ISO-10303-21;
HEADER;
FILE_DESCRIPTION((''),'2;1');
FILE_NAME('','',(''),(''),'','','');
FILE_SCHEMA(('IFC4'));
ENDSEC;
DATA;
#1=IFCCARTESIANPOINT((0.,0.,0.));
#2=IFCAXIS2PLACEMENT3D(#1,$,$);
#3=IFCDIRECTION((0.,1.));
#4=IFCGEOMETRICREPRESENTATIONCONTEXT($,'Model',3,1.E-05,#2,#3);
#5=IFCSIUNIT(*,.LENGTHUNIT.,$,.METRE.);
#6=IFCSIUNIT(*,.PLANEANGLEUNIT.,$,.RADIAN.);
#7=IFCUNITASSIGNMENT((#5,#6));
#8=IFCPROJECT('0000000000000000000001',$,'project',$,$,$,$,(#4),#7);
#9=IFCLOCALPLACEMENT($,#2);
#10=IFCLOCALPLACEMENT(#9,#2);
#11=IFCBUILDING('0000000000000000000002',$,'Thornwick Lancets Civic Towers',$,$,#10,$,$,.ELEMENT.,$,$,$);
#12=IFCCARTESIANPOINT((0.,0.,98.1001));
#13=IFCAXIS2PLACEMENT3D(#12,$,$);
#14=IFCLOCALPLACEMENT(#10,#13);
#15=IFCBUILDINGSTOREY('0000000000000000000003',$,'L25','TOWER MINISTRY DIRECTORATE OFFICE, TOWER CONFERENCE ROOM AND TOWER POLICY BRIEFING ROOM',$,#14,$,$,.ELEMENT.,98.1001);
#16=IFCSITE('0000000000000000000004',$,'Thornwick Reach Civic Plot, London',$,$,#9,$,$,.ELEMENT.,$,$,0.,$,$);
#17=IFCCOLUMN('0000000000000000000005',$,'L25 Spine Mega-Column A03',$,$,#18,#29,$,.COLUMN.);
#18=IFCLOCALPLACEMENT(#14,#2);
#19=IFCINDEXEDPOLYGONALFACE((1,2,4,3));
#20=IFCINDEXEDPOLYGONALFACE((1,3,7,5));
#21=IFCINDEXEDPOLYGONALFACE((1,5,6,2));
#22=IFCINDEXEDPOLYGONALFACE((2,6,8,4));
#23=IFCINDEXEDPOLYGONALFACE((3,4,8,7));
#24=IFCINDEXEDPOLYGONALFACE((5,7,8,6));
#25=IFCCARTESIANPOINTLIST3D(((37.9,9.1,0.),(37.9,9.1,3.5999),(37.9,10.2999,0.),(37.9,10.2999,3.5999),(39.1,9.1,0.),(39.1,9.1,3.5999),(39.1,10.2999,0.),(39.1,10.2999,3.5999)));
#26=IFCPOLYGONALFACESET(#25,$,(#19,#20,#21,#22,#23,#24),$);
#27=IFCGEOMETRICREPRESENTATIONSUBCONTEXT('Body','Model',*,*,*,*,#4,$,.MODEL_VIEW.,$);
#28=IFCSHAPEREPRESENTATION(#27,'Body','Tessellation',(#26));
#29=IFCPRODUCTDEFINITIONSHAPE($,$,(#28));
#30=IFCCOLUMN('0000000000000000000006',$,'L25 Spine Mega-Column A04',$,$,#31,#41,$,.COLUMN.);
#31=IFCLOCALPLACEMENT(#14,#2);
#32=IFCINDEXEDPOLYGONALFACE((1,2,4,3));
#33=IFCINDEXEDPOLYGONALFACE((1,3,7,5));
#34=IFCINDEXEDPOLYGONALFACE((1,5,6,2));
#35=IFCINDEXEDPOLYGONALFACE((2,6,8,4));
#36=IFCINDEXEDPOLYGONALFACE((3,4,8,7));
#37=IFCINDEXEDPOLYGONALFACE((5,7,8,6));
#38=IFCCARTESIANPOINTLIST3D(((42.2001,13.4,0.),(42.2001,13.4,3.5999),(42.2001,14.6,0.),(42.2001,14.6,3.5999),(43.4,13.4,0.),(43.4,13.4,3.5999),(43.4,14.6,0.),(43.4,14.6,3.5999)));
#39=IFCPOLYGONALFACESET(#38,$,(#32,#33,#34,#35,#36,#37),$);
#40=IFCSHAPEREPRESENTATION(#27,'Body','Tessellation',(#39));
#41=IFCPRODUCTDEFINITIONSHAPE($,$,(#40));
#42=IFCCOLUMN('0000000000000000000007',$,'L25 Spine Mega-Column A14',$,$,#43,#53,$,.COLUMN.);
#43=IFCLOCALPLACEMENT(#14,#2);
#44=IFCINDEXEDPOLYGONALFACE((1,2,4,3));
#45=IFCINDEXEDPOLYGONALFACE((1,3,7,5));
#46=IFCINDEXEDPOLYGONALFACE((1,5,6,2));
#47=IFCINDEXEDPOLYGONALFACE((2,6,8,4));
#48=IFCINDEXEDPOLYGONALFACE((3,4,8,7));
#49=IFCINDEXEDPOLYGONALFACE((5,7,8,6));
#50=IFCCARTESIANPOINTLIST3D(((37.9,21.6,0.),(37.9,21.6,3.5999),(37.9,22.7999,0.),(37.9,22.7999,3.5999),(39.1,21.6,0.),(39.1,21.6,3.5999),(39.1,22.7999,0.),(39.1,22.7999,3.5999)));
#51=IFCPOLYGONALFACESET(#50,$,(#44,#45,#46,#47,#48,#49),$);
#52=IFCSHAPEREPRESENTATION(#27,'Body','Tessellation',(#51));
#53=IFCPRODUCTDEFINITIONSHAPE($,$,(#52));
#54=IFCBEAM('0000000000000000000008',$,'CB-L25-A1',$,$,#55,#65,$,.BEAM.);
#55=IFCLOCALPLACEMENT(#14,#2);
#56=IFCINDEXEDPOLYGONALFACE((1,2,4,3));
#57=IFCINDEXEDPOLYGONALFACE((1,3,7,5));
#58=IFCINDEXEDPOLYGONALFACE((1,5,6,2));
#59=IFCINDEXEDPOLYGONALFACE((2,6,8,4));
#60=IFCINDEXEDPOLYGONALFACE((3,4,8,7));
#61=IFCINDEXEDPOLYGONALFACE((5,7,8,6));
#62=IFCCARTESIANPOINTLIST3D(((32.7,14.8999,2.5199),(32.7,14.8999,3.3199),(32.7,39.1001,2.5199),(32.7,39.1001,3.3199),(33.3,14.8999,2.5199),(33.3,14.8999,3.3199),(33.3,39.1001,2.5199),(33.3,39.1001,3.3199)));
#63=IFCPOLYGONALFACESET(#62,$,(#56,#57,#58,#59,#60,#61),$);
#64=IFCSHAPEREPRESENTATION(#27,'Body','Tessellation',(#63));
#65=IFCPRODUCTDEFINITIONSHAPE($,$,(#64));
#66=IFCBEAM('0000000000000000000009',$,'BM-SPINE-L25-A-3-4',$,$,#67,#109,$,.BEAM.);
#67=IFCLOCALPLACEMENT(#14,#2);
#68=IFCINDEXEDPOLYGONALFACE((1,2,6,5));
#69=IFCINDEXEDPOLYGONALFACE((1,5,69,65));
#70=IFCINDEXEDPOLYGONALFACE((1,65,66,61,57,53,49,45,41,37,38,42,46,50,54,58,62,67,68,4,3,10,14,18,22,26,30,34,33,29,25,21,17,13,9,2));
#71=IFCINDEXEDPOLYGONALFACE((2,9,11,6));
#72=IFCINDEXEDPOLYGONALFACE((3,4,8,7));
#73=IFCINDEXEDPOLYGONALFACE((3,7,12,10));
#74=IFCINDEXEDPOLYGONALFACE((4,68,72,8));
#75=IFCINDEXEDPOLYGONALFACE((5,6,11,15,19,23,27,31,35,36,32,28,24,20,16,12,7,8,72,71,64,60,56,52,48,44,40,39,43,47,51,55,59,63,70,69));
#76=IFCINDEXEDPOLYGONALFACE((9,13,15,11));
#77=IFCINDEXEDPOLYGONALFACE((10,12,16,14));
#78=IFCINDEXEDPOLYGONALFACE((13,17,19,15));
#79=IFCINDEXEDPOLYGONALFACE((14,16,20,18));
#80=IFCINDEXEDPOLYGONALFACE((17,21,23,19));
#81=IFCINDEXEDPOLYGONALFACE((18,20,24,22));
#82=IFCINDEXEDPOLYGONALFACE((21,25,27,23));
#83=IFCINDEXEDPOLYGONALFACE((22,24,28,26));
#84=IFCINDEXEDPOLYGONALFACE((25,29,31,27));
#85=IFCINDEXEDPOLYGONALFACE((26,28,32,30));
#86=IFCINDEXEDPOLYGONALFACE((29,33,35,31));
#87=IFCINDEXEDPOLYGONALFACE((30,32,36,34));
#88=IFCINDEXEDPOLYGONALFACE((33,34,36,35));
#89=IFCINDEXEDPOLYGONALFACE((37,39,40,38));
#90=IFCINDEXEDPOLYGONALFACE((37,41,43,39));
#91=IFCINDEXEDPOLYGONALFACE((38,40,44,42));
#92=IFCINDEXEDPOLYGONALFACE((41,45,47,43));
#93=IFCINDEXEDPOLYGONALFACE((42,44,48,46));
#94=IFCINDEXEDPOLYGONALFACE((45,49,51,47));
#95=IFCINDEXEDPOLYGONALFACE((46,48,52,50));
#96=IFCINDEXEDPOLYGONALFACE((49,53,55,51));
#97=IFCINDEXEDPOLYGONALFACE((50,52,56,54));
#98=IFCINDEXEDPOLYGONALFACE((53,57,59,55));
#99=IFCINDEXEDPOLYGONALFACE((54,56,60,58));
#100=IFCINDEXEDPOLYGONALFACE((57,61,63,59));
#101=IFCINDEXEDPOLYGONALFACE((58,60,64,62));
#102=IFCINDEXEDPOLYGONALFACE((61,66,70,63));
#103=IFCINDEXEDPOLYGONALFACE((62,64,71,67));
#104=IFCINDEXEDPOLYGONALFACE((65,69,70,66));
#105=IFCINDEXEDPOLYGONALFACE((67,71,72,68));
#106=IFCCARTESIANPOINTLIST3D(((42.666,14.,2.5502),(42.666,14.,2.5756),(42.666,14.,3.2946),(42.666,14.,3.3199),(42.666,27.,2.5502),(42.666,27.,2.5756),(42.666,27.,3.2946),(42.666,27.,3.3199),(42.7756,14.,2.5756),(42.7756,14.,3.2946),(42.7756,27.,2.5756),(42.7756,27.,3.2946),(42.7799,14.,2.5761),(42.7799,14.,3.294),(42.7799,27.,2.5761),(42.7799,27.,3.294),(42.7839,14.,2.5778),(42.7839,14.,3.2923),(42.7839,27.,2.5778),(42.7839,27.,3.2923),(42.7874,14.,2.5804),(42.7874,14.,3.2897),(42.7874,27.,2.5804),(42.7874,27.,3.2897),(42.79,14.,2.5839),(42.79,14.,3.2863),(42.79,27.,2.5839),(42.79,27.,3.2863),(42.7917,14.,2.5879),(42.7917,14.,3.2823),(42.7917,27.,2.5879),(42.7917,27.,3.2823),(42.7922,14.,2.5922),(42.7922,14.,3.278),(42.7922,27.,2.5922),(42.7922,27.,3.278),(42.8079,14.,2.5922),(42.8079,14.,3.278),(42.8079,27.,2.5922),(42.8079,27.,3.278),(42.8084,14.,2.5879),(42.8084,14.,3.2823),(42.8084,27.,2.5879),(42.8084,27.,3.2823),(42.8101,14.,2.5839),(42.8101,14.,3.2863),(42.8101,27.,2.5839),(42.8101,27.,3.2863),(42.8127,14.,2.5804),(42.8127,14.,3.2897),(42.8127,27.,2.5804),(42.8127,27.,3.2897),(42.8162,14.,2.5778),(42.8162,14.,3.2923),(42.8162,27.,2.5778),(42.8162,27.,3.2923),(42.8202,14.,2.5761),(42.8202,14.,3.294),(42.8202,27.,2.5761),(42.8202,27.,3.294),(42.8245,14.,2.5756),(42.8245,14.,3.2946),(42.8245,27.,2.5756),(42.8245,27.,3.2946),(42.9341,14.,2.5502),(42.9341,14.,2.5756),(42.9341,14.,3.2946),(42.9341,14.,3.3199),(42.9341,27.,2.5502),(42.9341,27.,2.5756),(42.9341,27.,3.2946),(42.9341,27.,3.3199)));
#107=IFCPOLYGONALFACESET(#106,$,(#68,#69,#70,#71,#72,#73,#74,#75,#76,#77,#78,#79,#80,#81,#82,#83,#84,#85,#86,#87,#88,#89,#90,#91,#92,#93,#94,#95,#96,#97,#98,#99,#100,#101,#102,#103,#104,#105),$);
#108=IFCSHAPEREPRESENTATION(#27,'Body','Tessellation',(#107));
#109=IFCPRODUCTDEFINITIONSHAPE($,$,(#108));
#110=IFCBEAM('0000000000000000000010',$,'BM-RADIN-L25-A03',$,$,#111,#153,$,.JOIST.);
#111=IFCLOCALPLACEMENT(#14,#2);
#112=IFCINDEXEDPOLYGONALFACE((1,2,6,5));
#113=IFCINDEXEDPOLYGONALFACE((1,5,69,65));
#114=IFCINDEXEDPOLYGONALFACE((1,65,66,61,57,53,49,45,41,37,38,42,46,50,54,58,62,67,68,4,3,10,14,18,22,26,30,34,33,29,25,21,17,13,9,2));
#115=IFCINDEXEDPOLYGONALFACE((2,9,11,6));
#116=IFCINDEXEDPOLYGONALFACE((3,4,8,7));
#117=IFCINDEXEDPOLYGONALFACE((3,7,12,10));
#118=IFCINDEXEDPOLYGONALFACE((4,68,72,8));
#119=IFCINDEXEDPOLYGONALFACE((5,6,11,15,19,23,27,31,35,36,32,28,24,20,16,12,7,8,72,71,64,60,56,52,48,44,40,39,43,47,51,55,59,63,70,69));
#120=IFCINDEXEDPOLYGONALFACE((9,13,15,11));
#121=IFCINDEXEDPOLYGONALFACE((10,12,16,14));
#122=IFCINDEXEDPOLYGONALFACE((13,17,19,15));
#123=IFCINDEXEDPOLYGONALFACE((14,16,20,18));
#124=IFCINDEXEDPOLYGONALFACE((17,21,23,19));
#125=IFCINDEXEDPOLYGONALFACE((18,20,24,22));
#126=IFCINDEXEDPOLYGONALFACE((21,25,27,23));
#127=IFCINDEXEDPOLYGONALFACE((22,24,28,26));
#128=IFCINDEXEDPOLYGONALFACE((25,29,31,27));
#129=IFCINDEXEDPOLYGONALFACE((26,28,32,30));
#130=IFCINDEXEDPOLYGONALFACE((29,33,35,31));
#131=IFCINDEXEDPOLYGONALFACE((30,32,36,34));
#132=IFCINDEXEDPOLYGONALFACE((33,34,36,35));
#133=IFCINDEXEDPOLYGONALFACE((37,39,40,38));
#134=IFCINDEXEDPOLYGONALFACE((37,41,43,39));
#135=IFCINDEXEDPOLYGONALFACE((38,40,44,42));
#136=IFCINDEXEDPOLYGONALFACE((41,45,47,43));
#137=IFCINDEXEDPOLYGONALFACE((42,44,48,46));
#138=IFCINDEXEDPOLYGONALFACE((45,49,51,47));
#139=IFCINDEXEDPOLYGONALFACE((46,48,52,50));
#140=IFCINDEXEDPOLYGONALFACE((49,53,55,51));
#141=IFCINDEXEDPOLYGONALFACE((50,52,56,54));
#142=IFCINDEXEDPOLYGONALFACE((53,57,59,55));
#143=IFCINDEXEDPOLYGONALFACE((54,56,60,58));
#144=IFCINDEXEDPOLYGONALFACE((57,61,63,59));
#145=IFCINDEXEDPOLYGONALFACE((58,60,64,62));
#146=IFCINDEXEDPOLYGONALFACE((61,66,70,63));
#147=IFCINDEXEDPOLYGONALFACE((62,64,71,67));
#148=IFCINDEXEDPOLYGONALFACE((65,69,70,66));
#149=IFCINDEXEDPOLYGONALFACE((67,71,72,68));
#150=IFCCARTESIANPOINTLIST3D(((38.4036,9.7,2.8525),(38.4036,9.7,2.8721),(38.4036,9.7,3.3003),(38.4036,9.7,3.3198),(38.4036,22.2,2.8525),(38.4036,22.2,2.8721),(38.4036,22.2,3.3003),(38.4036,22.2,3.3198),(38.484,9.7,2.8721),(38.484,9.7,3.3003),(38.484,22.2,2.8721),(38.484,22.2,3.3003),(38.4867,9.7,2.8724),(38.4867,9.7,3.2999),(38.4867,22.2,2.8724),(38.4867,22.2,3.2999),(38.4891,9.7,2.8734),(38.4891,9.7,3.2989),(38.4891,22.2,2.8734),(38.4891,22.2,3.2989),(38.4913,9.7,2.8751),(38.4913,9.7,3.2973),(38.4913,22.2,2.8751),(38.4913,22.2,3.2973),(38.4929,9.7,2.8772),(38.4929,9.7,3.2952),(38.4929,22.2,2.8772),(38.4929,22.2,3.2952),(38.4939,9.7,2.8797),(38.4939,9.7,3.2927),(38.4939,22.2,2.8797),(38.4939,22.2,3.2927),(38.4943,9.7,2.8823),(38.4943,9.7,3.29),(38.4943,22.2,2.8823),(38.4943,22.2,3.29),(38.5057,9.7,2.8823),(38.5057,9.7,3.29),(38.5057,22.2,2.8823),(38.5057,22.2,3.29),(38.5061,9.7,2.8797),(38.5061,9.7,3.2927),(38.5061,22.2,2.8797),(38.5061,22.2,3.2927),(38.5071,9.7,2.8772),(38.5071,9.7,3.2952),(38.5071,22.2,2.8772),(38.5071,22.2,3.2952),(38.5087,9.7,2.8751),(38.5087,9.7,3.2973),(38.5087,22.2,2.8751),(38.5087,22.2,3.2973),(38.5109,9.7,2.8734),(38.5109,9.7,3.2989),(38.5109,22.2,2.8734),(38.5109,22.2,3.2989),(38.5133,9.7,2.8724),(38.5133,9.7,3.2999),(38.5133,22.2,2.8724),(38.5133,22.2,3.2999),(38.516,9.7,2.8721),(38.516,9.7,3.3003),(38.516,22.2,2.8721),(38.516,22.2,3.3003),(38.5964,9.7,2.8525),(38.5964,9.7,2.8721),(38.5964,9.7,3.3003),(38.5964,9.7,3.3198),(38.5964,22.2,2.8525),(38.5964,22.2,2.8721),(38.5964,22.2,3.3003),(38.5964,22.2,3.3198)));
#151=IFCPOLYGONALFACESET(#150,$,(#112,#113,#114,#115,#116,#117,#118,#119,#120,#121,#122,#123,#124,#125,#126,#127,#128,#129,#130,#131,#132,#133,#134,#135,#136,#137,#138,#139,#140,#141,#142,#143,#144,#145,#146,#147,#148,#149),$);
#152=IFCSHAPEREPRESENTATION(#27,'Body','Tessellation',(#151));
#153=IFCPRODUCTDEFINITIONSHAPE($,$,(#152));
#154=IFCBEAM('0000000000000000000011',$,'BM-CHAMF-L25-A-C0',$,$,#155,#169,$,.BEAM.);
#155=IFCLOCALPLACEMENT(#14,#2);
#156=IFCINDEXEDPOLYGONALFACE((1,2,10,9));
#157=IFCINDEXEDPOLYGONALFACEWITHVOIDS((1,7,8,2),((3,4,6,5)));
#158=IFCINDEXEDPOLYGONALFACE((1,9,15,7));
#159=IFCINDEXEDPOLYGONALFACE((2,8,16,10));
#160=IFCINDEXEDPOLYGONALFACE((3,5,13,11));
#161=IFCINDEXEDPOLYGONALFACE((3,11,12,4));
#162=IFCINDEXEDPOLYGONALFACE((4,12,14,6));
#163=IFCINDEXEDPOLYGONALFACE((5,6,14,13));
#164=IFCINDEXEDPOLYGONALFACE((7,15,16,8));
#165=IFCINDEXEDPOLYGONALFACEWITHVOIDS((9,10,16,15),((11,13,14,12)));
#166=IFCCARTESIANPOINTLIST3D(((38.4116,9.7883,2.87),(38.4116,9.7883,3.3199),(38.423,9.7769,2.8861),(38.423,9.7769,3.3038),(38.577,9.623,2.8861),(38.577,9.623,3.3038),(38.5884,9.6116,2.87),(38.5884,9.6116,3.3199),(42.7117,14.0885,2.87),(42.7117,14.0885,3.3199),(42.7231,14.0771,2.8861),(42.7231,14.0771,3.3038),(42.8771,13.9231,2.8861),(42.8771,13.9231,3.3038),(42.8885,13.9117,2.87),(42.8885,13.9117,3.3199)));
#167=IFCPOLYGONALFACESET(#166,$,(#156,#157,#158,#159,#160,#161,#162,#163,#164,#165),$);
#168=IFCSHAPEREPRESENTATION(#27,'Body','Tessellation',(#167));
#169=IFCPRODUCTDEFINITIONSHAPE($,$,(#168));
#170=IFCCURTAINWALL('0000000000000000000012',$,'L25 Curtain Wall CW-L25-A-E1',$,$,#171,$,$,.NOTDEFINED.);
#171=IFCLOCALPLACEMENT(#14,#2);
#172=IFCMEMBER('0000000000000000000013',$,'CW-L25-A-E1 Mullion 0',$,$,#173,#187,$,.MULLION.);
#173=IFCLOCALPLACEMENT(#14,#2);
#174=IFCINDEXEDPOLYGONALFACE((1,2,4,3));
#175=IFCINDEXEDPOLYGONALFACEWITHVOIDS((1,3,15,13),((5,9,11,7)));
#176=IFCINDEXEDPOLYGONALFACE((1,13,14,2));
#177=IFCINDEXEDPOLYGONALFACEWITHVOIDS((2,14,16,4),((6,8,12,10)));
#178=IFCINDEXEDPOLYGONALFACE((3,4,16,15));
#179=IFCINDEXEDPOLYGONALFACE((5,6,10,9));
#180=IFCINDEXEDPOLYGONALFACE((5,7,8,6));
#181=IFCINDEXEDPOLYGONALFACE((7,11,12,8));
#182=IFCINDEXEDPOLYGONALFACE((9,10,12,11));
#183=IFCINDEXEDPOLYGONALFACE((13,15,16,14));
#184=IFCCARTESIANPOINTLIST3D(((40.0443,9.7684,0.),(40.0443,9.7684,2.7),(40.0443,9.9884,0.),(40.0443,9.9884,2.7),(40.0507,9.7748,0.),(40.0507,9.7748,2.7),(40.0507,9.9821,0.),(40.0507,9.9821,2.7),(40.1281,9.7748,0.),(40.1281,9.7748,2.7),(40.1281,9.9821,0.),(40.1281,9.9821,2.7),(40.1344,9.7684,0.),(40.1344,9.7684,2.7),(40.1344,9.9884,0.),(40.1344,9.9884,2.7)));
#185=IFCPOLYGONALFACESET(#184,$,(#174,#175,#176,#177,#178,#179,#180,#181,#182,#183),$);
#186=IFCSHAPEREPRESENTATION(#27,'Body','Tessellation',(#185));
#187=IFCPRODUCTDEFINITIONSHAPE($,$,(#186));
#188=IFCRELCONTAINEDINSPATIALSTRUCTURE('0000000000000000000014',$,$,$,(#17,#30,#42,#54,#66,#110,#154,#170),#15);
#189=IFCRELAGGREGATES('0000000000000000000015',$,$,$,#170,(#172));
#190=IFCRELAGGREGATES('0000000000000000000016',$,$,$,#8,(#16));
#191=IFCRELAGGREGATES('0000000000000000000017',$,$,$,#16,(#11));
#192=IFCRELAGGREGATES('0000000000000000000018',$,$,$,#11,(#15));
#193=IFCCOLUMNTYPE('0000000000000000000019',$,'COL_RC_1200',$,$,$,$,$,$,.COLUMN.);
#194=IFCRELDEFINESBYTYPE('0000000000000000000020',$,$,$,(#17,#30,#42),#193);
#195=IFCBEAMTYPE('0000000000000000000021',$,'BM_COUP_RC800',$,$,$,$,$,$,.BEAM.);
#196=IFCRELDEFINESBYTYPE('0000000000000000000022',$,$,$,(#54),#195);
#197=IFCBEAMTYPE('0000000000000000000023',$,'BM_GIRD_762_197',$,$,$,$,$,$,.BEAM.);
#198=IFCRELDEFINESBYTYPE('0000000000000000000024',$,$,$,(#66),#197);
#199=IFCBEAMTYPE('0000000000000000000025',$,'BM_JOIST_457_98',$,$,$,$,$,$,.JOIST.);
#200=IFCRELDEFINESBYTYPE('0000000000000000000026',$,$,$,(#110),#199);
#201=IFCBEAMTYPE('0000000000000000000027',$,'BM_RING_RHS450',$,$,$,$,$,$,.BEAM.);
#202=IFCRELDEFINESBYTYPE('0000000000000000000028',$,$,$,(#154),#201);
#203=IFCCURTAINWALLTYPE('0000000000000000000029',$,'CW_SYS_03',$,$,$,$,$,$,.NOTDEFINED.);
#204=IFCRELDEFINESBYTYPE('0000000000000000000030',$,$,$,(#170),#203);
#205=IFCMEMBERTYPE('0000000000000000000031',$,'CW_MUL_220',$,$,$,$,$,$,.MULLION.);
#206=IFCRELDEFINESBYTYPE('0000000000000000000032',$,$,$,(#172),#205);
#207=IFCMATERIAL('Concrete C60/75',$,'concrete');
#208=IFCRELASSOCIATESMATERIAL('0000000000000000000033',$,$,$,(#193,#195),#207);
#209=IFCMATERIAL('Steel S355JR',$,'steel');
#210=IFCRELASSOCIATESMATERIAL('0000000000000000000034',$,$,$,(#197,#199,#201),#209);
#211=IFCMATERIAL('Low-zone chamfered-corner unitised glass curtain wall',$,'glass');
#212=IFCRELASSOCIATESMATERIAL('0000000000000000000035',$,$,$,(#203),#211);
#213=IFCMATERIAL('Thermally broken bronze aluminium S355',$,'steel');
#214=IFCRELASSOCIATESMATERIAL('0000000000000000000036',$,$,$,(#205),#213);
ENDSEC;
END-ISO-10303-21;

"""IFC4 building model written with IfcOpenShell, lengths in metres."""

from ifc_helpers import new_model, si_unit, direction, frame, origin, origin_2d, place, context, subcontext, project, spatial, rectangle, hollow_rectangle, i_section, extrude, material, material_profile, profile_set, type_object, element, aggregate, save


model = new_model("IFC4")

# Units and contexts
model_context = context("Model", 3, precision=1e-05, world=origin(), true_north=direction((0.0, 1.0)))
body_context = subcontext(model_context, "Body", "Model", "MODEL_VIEW")
ifc_project = project(units=[si_unit("LENGTHUNIT", "METRE"), si_unit("PLANEANGLEUNIT", "RADIAN")], contexts=[model_context])

# Site, building, storey
site_placement = place(None, origin())
site = spatial("IfcSite", under=ifc_project, at=site_placement, Name="Thornwick Reach Civic Plot, London", CompositionType="ELEMENT", RefElevation=0.0)
building_placement = place(site_placement, origin())
building = spatial("IfcBuilding", under=site, at=building_placement, Name="Thornwick Lancets Civic Towers", CompositionType="ELEMENT")
storey_placement = place(building_placement, frame((0.0, 0.0, 98.1001)))
storey = spatial("IfcBuildingStorey", under=building, at=storey_placement, Name="L25", Description="TOWER MINISTRY DIRECTORATE OFFICE, TOWER CONFERENCE ROOM AND TOWER POLICY BRIEFING ROOM", CompositionType="ELEMENT", Elevation=98.1001)

# Columns
ifc_material_1 = material(Name="Concrete C60/75", Category="concrete")
ifc_material_profile_1 = material_profile(ifc_material_1, rectangle(XDim=1.2, YDim=1.2, at=origin_2d()), Name="RC 1200x1200")
ifc_profile_set_1 = profile_set([ifc_material_profile_1], Name="Concrete C60/75")
column_type = type_object("IfcColumnType", Name="COL_RC_1200", PredefinedType="COLUMN", material=ifc_profile_set_1)
for number, where, z_axis, x_axis, name in (
    (1, (38.5, 9.7, 0.0), (0.0, 0.0, 1.0), (1.0, 0.0, 0.0), "L25 Spine Mega-Column A03"),
    (2, (42.8, 14.0, 0.0), (0.0, 0.0, 1.0), (1.0, 0.0, 0.0), "L25 Spine Mega-Column A04"),
    (3, (38.5, 22.2, 0.0), (0.0, 0.0, 1.0), (1.0, 0.0, 0.0), "L25 Spine Mega-Column A14"),
):
    element("IfcColumn", number, at=place(storey_placement, frame(where, z_axis=z_axis, x_axis=x_axis)), inside=storey, type_object=column_type, Name=name, PredefinedType="COLUMN", context=body_context, shape_type="SweptSolid", body=[
        extrude(rectangle(XDim=1.2, YDim=1.2, at=origin_2d()), origin(), (0.0, 0.0, 1.0), 3.5999),
    ])

# Beams
ifc_material_profile_2 = material_profile(ifc_material_1, rectangle(XDim=0.6001, YDim=0.8, at=origin_2d()), Name="RC 600x800")
ifc_profile_set_2 = profile_set([ifc_material_profile_2], Name="Concrete C60/75")
beam_type_1 = type_object("IfcBeamType", Name="BM_COUP_RC800", PredefinedType="BEAM", material=ifc_profile_set_2)
beam_1_placement = place(storey_placement, frame((33.0, 14.8999, 2.9199), z_axis=(0.0, 1.0, 0.0), x_axis=(-1.0, 0.0, 0.0)))
element("IfcBeam", 4, at=beam_1_placement, inside=storey, type_object=beam_type_1, Name="CB-L25-A1", PredefinedType="BEAM", context=body_context, shape_type="SweptSolid", body=[
    extrude(rectangle(XDim=0.6001, YDim=0.8, at=origin_2d()), origin(), (0.0, 0.0, 1.0), 24.2002),
])
ifc_material_2 = material(Name="Steel S355JR", Category="steel")
ifc_material_profile_3 = material_profile(ifc_material_2, i_section(OverallWidth=0.2681, OverallDepth=0.7698, WebThickness=0.0156, FlangeThickness=0.0254, FilletRadius=0.0166, at=origin_2d()), Name="UKB 762x267x197")
ifc_profile_set_3 = profile_set([ifc_material_profile_3], Name="Steel S355JR")
beam_type_2 = type_object("IfcBeamType", Name="BM_GIRD_762_197", PredefinedType="BEAM", material=ifc_profile_set_3)
beam_2_placement = place(storey_placement, frame((42.8, 14.0, 2.9351), z_axis=(0.0, 1.0, 0.0), x_axis=(-1.0, 0.0, 0.0)))
element("IfcBeam", 5, at=beam_2_placement, inside=storey, type_object=beam_type_2, Name="BM-SPINE-L25-A-3-4", PredefinedType="BEAM", context=body_context, shape_type="SweptSolid", body=[
    extrude(i_section(OverallWidth=0.2681, OverallDepth=0.7698, WebThickness=0.0156, FlangeThickness=0.0254, FilletRadius=0.0166, at=origin_2d()), origin(), (0.0, 0.0, 1.0), 13.0),
])
ifc_material_profile_4 = material_profile(ifc_material_2, i_section(OverallWidth=0.1929, OverallDepth=0.4673, WebThickness=0.0115, FlangeThickness=0.0195, FilletRadius=0.0103, at=origin_2d()), Name="UKB 457x191x98")
ifc_profile_set_4 = profile_set([ifc_material_profile_4], Name="Steel S355JR")
beam_type_3 = type_object("IfcBeamType", Name="BM_JOIST_457_98", PredefinedType="JOIST", material=ifc_profile_set_4)
beam_3_placement = place(storey_placement, frame((38.5, 22.2, 3.0862), z_axis=(0.0, -1.0, 0.0), x_axis=(1.0, 0.0, 0.0)))
element("IfcBeam", 6, at=beam_3_placement, inside=storey, type_object=beam_type_3, Name="BM-RADIN-L25-A03", PredefinedType="JOIST", context=body_context, shape_type="SweptSolid", body=[
    extrude(i_section(OverallWidth=0.1929, OverallDepth=0.4673, WebThickness=0.0115, FlangeThickness=0.0195, FilletRadius=0.0103, at=origin_2d()), origin(), (0.0, 0.0, 1.0), 12.5),
])
ifc_material_profile_5 = material_profile(ifc_material_2, hollow_rectangle(XDim=0.25, YDim=0.45, WallThickness=0.0161, at=origin_2d()), Name="RHS 450x250x16")
ifc_profile_set_5 = profile_set([ifc_material_profile_5], Name="Steel S355JR")
beam_type_4 = type_object("IfcBeamType", Name="BM_RING_RHS450", PredefinedType="BEAM", material=ifc_profile_set_5)
beam_4_placement = place(storey_placement, frame((38.5, 9.7, 3.095), z_axis=(0.707107, 0.707107, 0.0), x_axis=(-0.707107, 0.707107, 0.0)))
element("IfcBeam", 7, at=beam_4_placement, inside=storey, type_object=beam_type_4, Name="BM-CHAMF-L25-A-C0", PredefinedType="BEAM", context=body_context, shape_type="SweptSolid", body=[
    extrude(hollow_rectangle(XDim=0.25, YDim=0.45, WallThickness=0.0161, at=origin_2d()), origin(), (0.0, 0.0, 1.0), 6.0813),
])

# Curtain wall, member
ifc_material_3 = material(Name="Low-zone chamfered-corner unitised glass curtain wall", Category="glass")
curtain_wall_type = type_object("IfcCurtainWallType", Name="CW_SYS_03", PredefinedType="NOTDEFINED", material=ifc_material_3)
curtain_wall_placement = place(storey_placement, origin())
curtain_wall = element("IfcCurtainWall", 8, at=curtain_wall_placement, inside=storey, type_object=curtain_wall_type, Name="L25 Curtain Wall CW-L25-A-E1", PredefinedType="NOTDEFINED")
ifc_material_4 = material(Name="Thermally broken bronze aluminium S355", Category="steel")
ifc_material_profile_6 = material_profile(ifc_material_4, hollow_rectangle(XDim=0.0901, YDim=0.22, WallThickness=0.0063, at=origin_2d()), Name="RHS 220x90x6.3")
ifc_profile_set_6 = profile_set([ifc_material_profile_6], Name="Thermally broken bronze aluminium S355")
member_type_1 = type_object("IfcMemberType", Name="CW_MUL_220", PredefinedType="MULLION", material=ifc_profile_set_6)
member_1_placement = place(storey_placement, frame((40.0894, 9.8784, 0.0), z_axis=(0.0, 0.0, 1.0), x_axis=(1.0, 0.0, 0.0)))
member_1 = element("IfcMember", 9, at=member_1_placement, type_object=member_type_1, Name="CW-L25-A-E1 Mullion 0", PredefinedType="MULLION", context=body_context, shape_type="SweptSolid", body=[
    extrude(hollow_rectangle(XDim=0.0901, YDim=0.22, WallThickness=0.0063, at=origin_2d()), origin(), (0.0, 0.0, 1.0), 2.7),
])
aggregate(curtain_wall, [member_1])

save(model, "model.ifc")
